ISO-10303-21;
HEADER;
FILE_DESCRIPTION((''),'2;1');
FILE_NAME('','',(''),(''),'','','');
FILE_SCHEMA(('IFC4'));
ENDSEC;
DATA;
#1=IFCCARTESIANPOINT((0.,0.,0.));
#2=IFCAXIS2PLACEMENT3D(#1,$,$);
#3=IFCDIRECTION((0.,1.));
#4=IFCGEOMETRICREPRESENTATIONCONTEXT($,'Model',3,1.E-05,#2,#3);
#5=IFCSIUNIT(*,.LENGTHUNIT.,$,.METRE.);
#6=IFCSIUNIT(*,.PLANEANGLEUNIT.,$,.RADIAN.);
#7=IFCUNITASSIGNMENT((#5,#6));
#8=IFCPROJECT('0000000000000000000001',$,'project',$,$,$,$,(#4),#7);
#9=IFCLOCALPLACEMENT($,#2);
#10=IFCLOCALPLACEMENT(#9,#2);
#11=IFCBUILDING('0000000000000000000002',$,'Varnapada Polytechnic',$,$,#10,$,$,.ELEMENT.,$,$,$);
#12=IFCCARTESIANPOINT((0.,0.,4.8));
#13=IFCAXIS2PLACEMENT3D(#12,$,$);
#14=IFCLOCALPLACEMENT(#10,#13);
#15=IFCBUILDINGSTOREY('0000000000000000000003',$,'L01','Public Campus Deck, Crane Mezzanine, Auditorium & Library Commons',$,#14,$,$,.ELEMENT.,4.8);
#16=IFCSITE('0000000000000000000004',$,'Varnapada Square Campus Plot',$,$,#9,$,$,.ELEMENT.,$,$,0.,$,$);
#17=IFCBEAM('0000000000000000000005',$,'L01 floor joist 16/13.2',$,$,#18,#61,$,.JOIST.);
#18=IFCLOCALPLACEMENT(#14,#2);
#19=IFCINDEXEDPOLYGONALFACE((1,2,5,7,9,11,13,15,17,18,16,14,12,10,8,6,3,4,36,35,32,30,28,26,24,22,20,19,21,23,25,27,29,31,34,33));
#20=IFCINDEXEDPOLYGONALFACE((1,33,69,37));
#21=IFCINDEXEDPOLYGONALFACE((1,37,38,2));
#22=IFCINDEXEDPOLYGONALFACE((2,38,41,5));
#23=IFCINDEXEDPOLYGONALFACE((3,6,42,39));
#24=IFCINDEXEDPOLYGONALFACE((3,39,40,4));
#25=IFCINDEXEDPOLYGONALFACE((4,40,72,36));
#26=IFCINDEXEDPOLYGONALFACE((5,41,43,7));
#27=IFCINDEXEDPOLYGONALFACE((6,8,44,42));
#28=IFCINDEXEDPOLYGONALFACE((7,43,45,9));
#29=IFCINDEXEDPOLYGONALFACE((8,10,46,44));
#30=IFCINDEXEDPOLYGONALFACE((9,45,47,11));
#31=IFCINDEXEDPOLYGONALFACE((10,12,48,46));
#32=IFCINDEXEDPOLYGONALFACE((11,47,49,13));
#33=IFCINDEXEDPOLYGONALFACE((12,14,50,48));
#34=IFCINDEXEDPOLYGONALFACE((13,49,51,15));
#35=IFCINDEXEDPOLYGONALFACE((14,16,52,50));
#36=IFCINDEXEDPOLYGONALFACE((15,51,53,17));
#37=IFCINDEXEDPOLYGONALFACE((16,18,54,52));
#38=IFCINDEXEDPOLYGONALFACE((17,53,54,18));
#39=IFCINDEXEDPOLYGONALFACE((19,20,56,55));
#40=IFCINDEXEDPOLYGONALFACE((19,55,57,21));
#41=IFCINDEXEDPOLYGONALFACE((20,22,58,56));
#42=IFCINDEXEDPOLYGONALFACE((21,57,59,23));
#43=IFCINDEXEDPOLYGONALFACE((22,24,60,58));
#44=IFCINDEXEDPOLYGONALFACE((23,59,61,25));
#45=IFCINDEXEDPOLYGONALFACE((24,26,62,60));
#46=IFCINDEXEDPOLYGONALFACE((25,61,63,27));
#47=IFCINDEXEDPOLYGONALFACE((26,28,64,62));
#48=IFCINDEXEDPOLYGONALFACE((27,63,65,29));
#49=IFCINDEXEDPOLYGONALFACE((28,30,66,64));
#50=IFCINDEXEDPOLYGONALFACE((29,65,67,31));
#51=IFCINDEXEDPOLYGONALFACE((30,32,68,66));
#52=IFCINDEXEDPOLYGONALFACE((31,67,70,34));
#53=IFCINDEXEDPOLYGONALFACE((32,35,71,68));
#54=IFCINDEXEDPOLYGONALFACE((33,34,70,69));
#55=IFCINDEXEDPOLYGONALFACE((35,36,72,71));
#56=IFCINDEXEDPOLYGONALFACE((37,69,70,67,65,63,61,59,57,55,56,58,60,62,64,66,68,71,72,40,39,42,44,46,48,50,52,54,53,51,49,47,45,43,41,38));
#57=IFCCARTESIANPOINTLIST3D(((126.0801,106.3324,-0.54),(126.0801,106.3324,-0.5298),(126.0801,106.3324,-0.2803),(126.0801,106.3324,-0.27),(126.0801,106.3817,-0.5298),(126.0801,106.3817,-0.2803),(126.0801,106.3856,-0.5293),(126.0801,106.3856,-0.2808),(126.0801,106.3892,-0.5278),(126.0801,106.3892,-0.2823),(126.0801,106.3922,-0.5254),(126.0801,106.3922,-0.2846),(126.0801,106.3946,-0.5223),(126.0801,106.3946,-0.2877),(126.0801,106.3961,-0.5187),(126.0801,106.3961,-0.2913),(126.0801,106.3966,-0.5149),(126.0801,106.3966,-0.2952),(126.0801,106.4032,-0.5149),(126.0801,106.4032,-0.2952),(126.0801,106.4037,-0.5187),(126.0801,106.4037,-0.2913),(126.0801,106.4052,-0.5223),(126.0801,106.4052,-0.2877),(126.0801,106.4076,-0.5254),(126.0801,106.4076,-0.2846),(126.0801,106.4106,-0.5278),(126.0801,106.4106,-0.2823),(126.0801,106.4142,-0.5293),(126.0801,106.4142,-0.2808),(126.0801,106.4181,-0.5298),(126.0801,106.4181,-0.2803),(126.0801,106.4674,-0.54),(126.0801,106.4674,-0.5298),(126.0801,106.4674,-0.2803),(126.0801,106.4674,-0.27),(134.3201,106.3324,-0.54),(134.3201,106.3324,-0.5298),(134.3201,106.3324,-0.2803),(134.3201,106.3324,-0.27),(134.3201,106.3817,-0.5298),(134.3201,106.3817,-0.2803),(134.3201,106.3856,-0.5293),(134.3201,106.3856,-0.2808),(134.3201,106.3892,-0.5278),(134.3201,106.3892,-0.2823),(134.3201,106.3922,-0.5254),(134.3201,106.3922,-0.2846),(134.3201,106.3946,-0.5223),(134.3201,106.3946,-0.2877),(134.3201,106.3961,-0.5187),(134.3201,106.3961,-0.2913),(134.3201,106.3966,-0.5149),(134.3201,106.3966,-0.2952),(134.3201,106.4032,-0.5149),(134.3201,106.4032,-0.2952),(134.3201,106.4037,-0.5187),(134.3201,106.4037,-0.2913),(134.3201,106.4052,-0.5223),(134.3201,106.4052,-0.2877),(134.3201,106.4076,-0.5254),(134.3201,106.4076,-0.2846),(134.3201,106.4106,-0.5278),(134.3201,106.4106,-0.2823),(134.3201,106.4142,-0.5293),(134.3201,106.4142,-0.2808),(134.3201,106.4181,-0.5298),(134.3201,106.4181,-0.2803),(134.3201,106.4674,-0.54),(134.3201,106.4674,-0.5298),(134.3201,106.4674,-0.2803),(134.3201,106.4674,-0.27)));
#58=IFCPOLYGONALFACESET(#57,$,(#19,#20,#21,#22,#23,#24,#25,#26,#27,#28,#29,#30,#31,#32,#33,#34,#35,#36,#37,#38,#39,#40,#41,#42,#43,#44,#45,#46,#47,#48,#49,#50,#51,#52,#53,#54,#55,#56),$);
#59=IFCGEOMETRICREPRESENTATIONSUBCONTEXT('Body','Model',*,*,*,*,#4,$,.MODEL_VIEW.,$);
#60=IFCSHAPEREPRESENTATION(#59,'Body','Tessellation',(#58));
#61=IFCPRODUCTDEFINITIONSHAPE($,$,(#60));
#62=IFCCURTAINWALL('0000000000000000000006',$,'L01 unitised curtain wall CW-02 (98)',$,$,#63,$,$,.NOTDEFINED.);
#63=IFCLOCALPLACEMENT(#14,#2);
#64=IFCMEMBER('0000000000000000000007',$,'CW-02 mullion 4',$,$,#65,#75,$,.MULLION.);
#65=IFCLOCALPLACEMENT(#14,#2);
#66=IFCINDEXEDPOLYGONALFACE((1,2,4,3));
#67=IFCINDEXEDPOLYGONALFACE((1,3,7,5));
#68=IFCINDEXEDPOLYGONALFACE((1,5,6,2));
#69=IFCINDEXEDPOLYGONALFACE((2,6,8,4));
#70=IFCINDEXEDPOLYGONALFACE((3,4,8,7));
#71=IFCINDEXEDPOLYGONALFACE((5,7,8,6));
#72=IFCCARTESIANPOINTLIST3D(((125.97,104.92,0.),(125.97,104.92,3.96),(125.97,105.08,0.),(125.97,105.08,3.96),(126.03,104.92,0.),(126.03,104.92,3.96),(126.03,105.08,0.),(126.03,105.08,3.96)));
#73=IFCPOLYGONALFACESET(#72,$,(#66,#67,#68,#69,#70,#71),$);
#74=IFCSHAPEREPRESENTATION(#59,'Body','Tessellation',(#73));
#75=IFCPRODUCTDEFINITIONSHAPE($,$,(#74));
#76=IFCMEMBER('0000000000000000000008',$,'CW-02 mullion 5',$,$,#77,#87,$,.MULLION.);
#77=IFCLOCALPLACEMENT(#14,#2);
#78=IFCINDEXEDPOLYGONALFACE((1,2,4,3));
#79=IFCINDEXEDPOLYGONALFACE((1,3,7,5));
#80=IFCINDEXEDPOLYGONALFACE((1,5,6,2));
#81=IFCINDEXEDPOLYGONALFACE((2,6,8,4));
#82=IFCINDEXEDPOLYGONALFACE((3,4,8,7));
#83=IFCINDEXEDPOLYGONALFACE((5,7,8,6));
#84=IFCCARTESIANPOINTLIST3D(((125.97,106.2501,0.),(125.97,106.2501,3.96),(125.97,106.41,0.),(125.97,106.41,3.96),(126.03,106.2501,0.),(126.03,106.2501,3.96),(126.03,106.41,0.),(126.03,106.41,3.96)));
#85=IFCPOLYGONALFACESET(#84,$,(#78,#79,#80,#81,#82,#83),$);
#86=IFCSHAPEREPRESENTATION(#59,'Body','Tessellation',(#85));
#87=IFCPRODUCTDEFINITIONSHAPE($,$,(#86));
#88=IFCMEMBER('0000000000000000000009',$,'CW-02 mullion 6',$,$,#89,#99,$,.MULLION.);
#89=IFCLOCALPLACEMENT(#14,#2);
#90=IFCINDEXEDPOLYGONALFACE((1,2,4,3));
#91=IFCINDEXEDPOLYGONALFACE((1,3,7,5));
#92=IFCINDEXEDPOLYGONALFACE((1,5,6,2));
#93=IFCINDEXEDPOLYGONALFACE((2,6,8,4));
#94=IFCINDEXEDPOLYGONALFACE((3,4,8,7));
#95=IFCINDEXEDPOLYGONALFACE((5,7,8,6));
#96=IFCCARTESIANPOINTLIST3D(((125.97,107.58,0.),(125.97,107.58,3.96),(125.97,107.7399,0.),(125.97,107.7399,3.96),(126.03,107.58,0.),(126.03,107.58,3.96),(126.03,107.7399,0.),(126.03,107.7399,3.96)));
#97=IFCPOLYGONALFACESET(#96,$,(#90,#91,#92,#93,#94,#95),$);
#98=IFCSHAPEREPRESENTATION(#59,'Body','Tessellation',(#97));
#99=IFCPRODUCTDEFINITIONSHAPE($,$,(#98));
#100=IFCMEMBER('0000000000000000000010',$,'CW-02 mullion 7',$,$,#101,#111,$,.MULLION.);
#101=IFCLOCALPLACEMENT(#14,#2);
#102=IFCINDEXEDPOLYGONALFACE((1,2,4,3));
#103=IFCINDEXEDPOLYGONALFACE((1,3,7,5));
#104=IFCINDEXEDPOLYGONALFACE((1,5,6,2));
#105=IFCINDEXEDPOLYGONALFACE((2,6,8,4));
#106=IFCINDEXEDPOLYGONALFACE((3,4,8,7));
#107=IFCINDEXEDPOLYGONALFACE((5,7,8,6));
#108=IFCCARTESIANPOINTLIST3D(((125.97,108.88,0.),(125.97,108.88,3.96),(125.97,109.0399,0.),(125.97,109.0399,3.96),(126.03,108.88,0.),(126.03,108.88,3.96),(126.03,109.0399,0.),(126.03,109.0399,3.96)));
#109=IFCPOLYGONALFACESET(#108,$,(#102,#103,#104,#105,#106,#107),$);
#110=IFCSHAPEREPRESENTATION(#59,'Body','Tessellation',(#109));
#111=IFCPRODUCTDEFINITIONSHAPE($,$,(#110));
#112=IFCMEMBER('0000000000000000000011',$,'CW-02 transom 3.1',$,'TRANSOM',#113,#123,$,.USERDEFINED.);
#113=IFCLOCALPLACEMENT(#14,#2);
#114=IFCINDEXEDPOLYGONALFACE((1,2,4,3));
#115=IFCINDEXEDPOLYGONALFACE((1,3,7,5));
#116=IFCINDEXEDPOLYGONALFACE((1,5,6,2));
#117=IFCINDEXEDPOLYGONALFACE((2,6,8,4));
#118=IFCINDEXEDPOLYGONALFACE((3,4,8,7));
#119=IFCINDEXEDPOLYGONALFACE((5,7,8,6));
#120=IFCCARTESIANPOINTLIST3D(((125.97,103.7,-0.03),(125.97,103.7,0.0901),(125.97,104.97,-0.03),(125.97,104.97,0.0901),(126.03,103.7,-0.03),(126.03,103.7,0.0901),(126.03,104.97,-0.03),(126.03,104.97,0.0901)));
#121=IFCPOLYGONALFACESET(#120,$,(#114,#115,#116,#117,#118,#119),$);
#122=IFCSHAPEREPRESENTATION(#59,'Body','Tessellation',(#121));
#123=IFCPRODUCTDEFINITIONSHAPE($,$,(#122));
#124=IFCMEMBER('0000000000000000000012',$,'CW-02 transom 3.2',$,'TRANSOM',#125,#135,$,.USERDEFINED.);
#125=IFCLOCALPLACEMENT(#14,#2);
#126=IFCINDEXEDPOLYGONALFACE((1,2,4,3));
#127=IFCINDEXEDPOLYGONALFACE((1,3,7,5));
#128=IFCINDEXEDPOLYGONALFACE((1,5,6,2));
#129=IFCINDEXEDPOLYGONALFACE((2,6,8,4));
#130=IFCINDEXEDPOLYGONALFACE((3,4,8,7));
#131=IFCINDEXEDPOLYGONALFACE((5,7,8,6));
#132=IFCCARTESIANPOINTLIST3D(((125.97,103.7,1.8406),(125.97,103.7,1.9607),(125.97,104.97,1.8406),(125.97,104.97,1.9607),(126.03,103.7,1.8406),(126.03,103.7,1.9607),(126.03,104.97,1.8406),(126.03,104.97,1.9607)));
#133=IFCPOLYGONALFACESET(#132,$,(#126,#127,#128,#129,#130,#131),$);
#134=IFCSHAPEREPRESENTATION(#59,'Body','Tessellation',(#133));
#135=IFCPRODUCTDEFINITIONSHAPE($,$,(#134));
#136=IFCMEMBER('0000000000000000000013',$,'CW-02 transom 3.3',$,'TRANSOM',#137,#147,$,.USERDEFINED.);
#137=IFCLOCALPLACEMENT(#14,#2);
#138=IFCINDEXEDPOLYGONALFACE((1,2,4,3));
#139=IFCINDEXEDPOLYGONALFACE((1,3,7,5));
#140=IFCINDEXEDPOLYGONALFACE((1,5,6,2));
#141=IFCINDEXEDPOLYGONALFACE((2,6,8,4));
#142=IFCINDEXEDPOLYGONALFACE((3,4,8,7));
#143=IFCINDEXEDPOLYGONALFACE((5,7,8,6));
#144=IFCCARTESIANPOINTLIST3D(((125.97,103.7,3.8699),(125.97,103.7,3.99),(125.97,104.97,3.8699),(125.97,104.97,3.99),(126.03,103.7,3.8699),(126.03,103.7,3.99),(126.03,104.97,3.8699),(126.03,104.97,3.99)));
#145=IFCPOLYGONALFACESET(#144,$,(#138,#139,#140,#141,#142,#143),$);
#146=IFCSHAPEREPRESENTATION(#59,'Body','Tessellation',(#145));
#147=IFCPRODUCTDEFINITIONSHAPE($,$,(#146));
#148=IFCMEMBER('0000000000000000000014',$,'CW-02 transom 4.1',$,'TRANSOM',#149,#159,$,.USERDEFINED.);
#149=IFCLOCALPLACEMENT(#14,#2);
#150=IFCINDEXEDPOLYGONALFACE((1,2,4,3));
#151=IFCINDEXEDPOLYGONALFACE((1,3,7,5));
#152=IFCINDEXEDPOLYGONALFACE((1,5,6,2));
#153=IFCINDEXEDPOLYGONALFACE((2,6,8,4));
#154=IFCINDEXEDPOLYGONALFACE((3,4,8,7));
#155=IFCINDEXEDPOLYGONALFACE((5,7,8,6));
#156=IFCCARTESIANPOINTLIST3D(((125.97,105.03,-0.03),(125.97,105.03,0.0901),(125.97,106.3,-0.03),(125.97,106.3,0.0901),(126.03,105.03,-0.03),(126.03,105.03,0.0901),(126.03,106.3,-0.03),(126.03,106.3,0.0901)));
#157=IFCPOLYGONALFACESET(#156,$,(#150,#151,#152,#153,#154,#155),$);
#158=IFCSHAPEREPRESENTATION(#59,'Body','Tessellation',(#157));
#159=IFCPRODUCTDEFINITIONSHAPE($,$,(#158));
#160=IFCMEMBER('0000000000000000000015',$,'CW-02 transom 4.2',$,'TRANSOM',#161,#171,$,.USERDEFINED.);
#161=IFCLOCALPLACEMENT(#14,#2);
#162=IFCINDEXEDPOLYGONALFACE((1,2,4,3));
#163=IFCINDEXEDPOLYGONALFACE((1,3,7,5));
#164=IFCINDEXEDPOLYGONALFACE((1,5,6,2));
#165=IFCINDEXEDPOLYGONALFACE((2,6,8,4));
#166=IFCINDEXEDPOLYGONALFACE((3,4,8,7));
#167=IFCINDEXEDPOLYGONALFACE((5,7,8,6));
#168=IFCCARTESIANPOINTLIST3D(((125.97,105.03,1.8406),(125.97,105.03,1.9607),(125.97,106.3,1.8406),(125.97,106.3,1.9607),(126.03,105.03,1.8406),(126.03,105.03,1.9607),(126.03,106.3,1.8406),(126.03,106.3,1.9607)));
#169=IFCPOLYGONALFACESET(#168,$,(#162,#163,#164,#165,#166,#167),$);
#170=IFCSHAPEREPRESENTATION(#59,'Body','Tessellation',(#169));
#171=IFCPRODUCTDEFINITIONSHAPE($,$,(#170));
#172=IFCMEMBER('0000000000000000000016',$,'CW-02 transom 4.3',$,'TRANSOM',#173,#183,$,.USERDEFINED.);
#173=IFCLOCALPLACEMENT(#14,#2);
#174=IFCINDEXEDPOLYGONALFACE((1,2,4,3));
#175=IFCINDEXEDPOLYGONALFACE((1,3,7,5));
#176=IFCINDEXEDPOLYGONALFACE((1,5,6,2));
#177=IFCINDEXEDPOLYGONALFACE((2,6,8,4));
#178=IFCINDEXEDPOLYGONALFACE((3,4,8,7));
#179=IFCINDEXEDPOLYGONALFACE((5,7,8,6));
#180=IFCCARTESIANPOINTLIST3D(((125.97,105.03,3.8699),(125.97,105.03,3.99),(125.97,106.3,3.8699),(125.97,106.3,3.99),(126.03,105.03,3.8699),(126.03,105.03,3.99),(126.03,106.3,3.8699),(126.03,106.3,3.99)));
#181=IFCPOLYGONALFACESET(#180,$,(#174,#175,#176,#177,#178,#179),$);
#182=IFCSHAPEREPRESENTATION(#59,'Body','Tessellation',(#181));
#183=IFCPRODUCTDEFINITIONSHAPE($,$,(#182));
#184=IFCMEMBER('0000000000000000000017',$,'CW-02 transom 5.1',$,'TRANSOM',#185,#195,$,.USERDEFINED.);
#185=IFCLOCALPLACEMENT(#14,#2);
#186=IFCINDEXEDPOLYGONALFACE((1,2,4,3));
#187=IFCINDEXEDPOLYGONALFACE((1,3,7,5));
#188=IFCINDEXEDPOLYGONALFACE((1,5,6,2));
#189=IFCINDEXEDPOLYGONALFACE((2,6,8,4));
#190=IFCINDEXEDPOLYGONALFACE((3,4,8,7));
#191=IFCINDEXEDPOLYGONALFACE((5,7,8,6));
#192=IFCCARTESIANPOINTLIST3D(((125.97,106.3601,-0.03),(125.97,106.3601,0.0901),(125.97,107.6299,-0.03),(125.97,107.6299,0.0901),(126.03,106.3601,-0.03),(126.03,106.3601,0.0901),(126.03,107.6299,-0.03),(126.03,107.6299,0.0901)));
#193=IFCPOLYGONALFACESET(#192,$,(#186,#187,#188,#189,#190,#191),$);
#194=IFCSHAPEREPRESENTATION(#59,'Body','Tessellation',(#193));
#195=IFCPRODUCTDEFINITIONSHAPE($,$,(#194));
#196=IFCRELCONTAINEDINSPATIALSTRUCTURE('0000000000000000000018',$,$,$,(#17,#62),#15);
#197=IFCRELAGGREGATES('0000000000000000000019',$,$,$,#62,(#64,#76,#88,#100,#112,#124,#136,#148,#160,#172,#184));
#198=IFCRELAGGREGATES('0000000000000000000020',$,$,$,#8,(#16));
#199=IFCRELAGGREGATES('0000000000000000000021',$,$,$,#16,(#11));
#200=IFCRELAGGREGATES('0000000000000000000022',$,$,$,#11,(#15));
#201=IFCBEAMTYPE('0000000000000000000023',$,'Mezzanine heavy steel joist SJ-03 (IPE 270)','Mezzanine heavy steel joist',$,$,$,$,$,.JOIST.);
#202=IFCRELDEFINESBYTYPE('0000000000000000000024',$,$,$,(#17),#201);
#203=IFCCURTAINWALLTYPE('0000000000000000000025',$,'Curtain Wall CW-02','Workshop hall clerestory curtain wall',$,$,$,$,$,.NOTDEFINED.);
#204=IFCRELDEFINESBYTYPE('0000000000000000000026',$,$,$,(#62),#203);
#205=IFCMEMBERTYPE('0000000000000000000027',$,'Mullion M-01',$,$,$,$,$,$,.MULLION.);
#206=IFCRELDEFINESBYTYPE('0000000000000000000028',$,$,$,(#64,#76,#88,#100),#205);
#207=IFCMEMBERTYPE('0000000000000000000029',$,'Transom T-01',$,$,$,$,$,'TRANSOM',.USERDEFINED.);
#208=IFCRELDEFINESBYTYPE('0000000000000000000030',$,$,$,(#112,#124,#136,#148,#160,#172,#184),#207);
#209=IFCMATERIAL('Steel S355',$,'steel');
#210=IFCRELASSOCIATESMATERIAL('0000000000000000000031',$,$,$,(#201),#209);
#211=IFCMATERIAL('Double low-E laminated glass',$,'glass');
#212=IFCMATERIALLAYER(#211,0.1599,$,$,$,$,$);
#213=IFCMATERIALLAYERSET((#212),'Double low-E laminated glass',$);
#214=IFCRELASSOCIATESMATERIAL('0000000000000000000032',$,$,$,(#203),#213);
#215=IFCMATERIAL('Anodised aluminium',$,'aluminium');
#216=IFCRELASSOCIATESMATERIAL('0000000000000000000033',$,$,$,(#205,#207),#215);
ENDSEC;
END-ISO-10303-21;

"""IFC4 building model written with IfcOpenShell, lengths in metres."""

from ifc_helpers import new_model, si_unit, direction, frame, origin, origin_2d, place, context, subcontext, project, spatial, rectangle, i_section, extrude, material, layer, layer_set, material_profile, profile_set, type_object, element, aggregate, save


model = new_model("IFC4")

# Units and contexts
model_context = context("Model", 3, precision=1e-05, world=origin(), true_north=direction((0.0, 1.0)))
body_context = subcontext(model_context, "Body", "Model", "MODEL_VIEW")
ifc_project = project(units=[si_unit("LENGTHUNIT", "METRE"), si_unit("PLANEANGLEUNIT", "RADIAN")], contexts=[model_context])

# Site, building, storey
site_placement = place(None, origin())
site = spatial("IfcSite", under=ifc_project, at=site_placement, Name="Varnapada Square Campus Plot", CompositionType="ELEMENT", RefElevation=0.0)
building_placement = place(site_placement, origin())
building = spatial("IfcBuilding", under=site, at=building_placement, Name="Varnapada Polytechnic", CompositionType="ELEMENT")
storey_placement = place(building_placement, frame((0.0, 0.0, 4.8)))
storey = spatial("IfcBuildingStorey", under=building, at=storey_placement, Name="L01", Description="Public Campus Deck, Crane Mezzanine, Auditorium & Library Commons", CompositionType="ELEMENT", Elevation=4.8)

# Beam
ifc_material_1 = material(Name="Steel S355", Category="steel")
ifc_material_profile_1 = material_profile(ifc_material_1, i_section(OverallWidth=0.135, OverallDepth=0.27, WebThickness=0.0066, FlangeThickness=0.0103, FilletRadius=0.0149, at=origin_2d()), Name="IPE 270")
ifc_profile_set_1 = profile_set([ifc_material_profile_1], Name="Steel S355")
beam_type = type_object("IfcBeamType", Name="Mezzanine heavy steel joist SJ-03 (IPE 270)", Description="Mezzanine heavy steel joist", PredefinedType="JOIST", material=ifc_profile_set_1)
beam_placement = place(storey_placement, frame((126.0801, 106.3999, -0.405), z_axis=(1.0, 0.0, 0.0), x_axis=(0.0, 1.0, 0.0)))
element("IfcBeam", 1, at=beam_placement, inside=storey, type_object=beam_type, Name="L01 floor joist 16/13.2", PredefinedType="JOIST", context=body_context, shape_type="SweptSolid", body=[
    extrude(i_section(OverallWidth=0.135, OverallDepth=0.27, WebThickness=0.0066, FlangeThickness=0.0103, FilletRadius=0.0149, at=origin_2d()), origin(), (0.0, 0.0, 1.0), 8.24),
])

# Curtain wall, members
ifc_material_2 = material(Name="Double low-E laminated glass", Category="glass")
ifc_layer_1 = layer(ifc_material_2, 0.1599)
ifc_layer_set_1 = layer_set([ifc_layer_1], Name="Double low-E laminated glass")
curtain_wall_type = type_object("IfcCurtainWallType", Name="Curtain Wall CW-02", Description="Workshop hall clerestory curtain wall", PredefinedType="NOTDEFINED", material=ifc_layer_set_1)
curtain_wall_placement = place(storey_placement, origin())
curtain_wall = element("IfcCurtainWall", 2, at=curtain_wall_placement, inside=storey, type_object=curtain_wall_type, Name="L01 unitised curtain wall CW-02 (98)", PredefinedType="NOTDEFINED")
ifc_material_3 = material(Name="Anodised aluminium", Category="aluminium")
ifc_material_profile_2 = material_profile(ifc_material_3, rectangle(XDim=0.0601, YDim=0.1599, at=origin_2d()), Name="ALU M60x160")
ifc_profile_set_2 = profile_set([ifc_material_profile_2], Name="Anodised aluminium")
member_type_1 = type_object("IfcMemberType", Name="Mullion M-01", PredefinedType="MULLION", material=ifc_profile_set_2)
member_1_placement = place(storey_placement, frame((126.0, 105.0, 0.0), z_axis=(0.0, 0.0, 1.0), x_axis=(-1.0, 0.0, 0.0)))
member_1 = element("IfcMember", 3, at=member_1_placement, type_object=member_type_1, Name="CW-02 mullion 4", PredefinedType="MULLION", context=body_context, shape_type="SweptSolid", body=[
    extrude(rectangle(XDim=0.0601, YDim=0.1599, at=origin_2d()), origin(), (0.0, 0.0, 1.0), 3.96),
])
member_2_placement = place(storey_placement, frame((126.0, 106.3301, 0.0), z_axis=(0.0, 0.0, 1.0), x_axis=(-1.0, 0.0, 0.0)))
member_2 = element("IfcMember", 4, at=member_2_placement, type_object=member_type_1, Name="CW-02 mullion 5", PredefinedType="MULLION", context=body_context, shape_type="SweptSolid", body=[
    extrude(rectangle(XDim=0.0601, YDim=0.1599, at=origin_2d()), origin(), (0.0, 0.0, 1.0), 3.96),
])
member_3_placement = place(storey_placement, frame((126.0, 107.6599, 0.0), z_axis=(0.0, 0.0, 1.0), x_axis=(-1.0, 0.0, 0.0)))
member_3 = element("IfcMember", 5, at=member_3_placement, type_object=member_type_1, Name="CW-02 mullion 6", PredefinedType="MULLION", context=body_context, shape_type="SweptSolid", body=[
    extrude(rectangle(XDim=0.0601, YDim=0.1599, at=origin_2d()), origin(), (0.0, 0.0, 1.0), 3.96),
])
member_4_placement = place(storey_placement, frame((126.0, 108.96, 0.0), z_axis=(0.0, 0.0, 1.0), x_axis=(-1.0, 0.0, 0.0)))
member_4 = element("IfcMember", 6, at=member_4_placement, type_object=member_type_1, Name="CW-02 mullion 7", PredefinedType="MULLION", context=body_context, shape_type="SweptSolid", body=[
    extrude(rectangle(XDim=0.0601, YDim=0.1599, at=origin_2d()), origin(), (0.0, 0.0, 1.0), 3.96),
])
ifc_material_profile_3 = material_profile(ifc_material_3, rectangle(XDim=0.0601, YDim=0.1201, at=origin_2d()), Name="ALU T60x120")
ifc_profile_set_3 = profile_set([ifc_material_profile_3], Name="Anodised aluminium")
member_type_2 = type_object("IfcMemberType", Name="Transom T-01", ElementType="TRANSOM", PredefinedType="USERDEFINED", material=ifc_profile_set_3)
member_5_placement = place(storey_placement, frame((126.0, 103.7, 0.03), z_axis=(0.0, 1.0, 0.0), x_axis=(-1.0, 0.0, 0.0)))
member_5 = element("IfcMember", 7, at=member_5_placement, type_object=member_type_2, Name="CW-02 transom 3.1", ObjectType="TRANSOM", PredefinedType="USERDEFINED", context=body_context, shape_type="SweptSolid", body=[
    extrude(rectangle(XDim=0.0601, YDim=0.1201, at=origin_2d()), origin(), (0.0, 0.0, 1.0), 1.27),
])
member_6_placement = place(storey_placement, frame((126.0, 103.7, 1.9006), z_axis=(0.0, 1.0, 0.0), x_axis=(-1.0, 0.0, 0.0)))
member_6 = element("IfcMember", 8, at=member_6_placement, type_object=member_type_2, Name="CW-02 transom 3.2", ObjectType="TRANSOM", PredefinedType="USERDEFINED", context=body_context, shape_type="SweptSolid", body=[
    extrude(rectangle(XDim=0.0601, YDim=0.1201, at=origin_2d()), origin(), (0.0, 0.0, 1.0), 1.27),
])
member_7_placement = place(storey_placement, frame((126.0, 103.7, 3.9299), z_axis=(0.0, 1.0, 0.0), x_axis=(-1.0, 0.0, 0.0)))
member_7 = element("IfcMember", 9, at=member_7_placement, type_object=member_type_2, Name="CW-02 transom 3.3", ObjectType="TRANSOM", PredefinedType="USERDEFINED", context=body_context, shape_type="SweptSolid", body=[
    extrude(rectangle(XDim=0.0601, YDim=0.1201, at=origin_2d()), origin(), (0.0, 0.0, 1.0), 1.27),
])
member_8_placement = place(storey_placement, frame((126.0, 105.03, 0.03), z_axis=(0.0, 1.0, 0.0), x_axis=(-1.0, 0.0, 0.0)))
member_8 = element("IfcMember", 10, at=member_8_placement, type_object=member_type_2, Name="CW-02 transom 4.1", ObjectType="TRANSOM", PredefinedType="USERDEFINED", context=body_context, shape_type="SweptSolid", body=[
    extrude(rectangle(XDim=0.0601, YDim=0.1201, at=origin_2d()), origin(), (0.0, 0.0, 1.0), 1.27),
])
member_9_placement = place(storey_placement, frame((126.0, 105.03, 1.9006), z_axis=(0.0, 1.0, 0.0), x_axis=(-1.0, 0.0, 0.0)))
member_9 = element("IfcMember", 11, at=member_9_placement, type_object=member_type_2, Name="CW-02 transom 4.2", ObjectType="TRANSOM", PredefinedType="USERDEFINED", context=body_context, shape_type="SweptSolid", body=[
    extrude(rectangle(XDim=0.0601, YDim=0.1201, at=origin_2d()), origin(), (0.0, 0.0, 1.0), 1.27),
])
member_10_placement = place(storey_placement, frame((126.0, 105.03, 3.9299), z_axis=(0.0, 1.0, 0.0), x_axis=(-1.0, 0.0, 0.0)))
member_10 = element("IfcMember", 12, at=member_10_placement, type_object=member_type_2, Name="CW-02 transom 4.3", ObjectType="TRANSOM", PredefinedType="USERDEFINED", context=body_context, shape_type="SweptSolid", body=[
    extrude(rectangle(XDim=0.0601, YDim=0.1201, at=origin_2d()), origin(), (0.0, 0.0, 1.0), 1.27),
])
member_11_placement = place(storey_placement, frame((126.0, 106.3601, 0.03), z_axis=(0.0, 1.0, 0.0), x_axis=(-1.0, 0.0, 0.0)))
member_11 = element("IfcMember", 13, at=member_11_placement, type_object=member_type_2, Name="CW-02 transom 5.1", ObjectType="TRANSOM", PredefinedType="USERDEFINED", context=body_context, shape_type="SweptSolid", body=[
    extrude(rectangle(XDim=0.0601, YDim=0.1201, at=origin_2d()), origin(), (0.0, 0.0, 1.0), 1.2698),
])
aggregate(curtain_wall, [member_1, member_2, member_3, member_4, member_5, member_6, member_7, member_8, member_9, member_10, member_11])

save(model, "model.ifc")
